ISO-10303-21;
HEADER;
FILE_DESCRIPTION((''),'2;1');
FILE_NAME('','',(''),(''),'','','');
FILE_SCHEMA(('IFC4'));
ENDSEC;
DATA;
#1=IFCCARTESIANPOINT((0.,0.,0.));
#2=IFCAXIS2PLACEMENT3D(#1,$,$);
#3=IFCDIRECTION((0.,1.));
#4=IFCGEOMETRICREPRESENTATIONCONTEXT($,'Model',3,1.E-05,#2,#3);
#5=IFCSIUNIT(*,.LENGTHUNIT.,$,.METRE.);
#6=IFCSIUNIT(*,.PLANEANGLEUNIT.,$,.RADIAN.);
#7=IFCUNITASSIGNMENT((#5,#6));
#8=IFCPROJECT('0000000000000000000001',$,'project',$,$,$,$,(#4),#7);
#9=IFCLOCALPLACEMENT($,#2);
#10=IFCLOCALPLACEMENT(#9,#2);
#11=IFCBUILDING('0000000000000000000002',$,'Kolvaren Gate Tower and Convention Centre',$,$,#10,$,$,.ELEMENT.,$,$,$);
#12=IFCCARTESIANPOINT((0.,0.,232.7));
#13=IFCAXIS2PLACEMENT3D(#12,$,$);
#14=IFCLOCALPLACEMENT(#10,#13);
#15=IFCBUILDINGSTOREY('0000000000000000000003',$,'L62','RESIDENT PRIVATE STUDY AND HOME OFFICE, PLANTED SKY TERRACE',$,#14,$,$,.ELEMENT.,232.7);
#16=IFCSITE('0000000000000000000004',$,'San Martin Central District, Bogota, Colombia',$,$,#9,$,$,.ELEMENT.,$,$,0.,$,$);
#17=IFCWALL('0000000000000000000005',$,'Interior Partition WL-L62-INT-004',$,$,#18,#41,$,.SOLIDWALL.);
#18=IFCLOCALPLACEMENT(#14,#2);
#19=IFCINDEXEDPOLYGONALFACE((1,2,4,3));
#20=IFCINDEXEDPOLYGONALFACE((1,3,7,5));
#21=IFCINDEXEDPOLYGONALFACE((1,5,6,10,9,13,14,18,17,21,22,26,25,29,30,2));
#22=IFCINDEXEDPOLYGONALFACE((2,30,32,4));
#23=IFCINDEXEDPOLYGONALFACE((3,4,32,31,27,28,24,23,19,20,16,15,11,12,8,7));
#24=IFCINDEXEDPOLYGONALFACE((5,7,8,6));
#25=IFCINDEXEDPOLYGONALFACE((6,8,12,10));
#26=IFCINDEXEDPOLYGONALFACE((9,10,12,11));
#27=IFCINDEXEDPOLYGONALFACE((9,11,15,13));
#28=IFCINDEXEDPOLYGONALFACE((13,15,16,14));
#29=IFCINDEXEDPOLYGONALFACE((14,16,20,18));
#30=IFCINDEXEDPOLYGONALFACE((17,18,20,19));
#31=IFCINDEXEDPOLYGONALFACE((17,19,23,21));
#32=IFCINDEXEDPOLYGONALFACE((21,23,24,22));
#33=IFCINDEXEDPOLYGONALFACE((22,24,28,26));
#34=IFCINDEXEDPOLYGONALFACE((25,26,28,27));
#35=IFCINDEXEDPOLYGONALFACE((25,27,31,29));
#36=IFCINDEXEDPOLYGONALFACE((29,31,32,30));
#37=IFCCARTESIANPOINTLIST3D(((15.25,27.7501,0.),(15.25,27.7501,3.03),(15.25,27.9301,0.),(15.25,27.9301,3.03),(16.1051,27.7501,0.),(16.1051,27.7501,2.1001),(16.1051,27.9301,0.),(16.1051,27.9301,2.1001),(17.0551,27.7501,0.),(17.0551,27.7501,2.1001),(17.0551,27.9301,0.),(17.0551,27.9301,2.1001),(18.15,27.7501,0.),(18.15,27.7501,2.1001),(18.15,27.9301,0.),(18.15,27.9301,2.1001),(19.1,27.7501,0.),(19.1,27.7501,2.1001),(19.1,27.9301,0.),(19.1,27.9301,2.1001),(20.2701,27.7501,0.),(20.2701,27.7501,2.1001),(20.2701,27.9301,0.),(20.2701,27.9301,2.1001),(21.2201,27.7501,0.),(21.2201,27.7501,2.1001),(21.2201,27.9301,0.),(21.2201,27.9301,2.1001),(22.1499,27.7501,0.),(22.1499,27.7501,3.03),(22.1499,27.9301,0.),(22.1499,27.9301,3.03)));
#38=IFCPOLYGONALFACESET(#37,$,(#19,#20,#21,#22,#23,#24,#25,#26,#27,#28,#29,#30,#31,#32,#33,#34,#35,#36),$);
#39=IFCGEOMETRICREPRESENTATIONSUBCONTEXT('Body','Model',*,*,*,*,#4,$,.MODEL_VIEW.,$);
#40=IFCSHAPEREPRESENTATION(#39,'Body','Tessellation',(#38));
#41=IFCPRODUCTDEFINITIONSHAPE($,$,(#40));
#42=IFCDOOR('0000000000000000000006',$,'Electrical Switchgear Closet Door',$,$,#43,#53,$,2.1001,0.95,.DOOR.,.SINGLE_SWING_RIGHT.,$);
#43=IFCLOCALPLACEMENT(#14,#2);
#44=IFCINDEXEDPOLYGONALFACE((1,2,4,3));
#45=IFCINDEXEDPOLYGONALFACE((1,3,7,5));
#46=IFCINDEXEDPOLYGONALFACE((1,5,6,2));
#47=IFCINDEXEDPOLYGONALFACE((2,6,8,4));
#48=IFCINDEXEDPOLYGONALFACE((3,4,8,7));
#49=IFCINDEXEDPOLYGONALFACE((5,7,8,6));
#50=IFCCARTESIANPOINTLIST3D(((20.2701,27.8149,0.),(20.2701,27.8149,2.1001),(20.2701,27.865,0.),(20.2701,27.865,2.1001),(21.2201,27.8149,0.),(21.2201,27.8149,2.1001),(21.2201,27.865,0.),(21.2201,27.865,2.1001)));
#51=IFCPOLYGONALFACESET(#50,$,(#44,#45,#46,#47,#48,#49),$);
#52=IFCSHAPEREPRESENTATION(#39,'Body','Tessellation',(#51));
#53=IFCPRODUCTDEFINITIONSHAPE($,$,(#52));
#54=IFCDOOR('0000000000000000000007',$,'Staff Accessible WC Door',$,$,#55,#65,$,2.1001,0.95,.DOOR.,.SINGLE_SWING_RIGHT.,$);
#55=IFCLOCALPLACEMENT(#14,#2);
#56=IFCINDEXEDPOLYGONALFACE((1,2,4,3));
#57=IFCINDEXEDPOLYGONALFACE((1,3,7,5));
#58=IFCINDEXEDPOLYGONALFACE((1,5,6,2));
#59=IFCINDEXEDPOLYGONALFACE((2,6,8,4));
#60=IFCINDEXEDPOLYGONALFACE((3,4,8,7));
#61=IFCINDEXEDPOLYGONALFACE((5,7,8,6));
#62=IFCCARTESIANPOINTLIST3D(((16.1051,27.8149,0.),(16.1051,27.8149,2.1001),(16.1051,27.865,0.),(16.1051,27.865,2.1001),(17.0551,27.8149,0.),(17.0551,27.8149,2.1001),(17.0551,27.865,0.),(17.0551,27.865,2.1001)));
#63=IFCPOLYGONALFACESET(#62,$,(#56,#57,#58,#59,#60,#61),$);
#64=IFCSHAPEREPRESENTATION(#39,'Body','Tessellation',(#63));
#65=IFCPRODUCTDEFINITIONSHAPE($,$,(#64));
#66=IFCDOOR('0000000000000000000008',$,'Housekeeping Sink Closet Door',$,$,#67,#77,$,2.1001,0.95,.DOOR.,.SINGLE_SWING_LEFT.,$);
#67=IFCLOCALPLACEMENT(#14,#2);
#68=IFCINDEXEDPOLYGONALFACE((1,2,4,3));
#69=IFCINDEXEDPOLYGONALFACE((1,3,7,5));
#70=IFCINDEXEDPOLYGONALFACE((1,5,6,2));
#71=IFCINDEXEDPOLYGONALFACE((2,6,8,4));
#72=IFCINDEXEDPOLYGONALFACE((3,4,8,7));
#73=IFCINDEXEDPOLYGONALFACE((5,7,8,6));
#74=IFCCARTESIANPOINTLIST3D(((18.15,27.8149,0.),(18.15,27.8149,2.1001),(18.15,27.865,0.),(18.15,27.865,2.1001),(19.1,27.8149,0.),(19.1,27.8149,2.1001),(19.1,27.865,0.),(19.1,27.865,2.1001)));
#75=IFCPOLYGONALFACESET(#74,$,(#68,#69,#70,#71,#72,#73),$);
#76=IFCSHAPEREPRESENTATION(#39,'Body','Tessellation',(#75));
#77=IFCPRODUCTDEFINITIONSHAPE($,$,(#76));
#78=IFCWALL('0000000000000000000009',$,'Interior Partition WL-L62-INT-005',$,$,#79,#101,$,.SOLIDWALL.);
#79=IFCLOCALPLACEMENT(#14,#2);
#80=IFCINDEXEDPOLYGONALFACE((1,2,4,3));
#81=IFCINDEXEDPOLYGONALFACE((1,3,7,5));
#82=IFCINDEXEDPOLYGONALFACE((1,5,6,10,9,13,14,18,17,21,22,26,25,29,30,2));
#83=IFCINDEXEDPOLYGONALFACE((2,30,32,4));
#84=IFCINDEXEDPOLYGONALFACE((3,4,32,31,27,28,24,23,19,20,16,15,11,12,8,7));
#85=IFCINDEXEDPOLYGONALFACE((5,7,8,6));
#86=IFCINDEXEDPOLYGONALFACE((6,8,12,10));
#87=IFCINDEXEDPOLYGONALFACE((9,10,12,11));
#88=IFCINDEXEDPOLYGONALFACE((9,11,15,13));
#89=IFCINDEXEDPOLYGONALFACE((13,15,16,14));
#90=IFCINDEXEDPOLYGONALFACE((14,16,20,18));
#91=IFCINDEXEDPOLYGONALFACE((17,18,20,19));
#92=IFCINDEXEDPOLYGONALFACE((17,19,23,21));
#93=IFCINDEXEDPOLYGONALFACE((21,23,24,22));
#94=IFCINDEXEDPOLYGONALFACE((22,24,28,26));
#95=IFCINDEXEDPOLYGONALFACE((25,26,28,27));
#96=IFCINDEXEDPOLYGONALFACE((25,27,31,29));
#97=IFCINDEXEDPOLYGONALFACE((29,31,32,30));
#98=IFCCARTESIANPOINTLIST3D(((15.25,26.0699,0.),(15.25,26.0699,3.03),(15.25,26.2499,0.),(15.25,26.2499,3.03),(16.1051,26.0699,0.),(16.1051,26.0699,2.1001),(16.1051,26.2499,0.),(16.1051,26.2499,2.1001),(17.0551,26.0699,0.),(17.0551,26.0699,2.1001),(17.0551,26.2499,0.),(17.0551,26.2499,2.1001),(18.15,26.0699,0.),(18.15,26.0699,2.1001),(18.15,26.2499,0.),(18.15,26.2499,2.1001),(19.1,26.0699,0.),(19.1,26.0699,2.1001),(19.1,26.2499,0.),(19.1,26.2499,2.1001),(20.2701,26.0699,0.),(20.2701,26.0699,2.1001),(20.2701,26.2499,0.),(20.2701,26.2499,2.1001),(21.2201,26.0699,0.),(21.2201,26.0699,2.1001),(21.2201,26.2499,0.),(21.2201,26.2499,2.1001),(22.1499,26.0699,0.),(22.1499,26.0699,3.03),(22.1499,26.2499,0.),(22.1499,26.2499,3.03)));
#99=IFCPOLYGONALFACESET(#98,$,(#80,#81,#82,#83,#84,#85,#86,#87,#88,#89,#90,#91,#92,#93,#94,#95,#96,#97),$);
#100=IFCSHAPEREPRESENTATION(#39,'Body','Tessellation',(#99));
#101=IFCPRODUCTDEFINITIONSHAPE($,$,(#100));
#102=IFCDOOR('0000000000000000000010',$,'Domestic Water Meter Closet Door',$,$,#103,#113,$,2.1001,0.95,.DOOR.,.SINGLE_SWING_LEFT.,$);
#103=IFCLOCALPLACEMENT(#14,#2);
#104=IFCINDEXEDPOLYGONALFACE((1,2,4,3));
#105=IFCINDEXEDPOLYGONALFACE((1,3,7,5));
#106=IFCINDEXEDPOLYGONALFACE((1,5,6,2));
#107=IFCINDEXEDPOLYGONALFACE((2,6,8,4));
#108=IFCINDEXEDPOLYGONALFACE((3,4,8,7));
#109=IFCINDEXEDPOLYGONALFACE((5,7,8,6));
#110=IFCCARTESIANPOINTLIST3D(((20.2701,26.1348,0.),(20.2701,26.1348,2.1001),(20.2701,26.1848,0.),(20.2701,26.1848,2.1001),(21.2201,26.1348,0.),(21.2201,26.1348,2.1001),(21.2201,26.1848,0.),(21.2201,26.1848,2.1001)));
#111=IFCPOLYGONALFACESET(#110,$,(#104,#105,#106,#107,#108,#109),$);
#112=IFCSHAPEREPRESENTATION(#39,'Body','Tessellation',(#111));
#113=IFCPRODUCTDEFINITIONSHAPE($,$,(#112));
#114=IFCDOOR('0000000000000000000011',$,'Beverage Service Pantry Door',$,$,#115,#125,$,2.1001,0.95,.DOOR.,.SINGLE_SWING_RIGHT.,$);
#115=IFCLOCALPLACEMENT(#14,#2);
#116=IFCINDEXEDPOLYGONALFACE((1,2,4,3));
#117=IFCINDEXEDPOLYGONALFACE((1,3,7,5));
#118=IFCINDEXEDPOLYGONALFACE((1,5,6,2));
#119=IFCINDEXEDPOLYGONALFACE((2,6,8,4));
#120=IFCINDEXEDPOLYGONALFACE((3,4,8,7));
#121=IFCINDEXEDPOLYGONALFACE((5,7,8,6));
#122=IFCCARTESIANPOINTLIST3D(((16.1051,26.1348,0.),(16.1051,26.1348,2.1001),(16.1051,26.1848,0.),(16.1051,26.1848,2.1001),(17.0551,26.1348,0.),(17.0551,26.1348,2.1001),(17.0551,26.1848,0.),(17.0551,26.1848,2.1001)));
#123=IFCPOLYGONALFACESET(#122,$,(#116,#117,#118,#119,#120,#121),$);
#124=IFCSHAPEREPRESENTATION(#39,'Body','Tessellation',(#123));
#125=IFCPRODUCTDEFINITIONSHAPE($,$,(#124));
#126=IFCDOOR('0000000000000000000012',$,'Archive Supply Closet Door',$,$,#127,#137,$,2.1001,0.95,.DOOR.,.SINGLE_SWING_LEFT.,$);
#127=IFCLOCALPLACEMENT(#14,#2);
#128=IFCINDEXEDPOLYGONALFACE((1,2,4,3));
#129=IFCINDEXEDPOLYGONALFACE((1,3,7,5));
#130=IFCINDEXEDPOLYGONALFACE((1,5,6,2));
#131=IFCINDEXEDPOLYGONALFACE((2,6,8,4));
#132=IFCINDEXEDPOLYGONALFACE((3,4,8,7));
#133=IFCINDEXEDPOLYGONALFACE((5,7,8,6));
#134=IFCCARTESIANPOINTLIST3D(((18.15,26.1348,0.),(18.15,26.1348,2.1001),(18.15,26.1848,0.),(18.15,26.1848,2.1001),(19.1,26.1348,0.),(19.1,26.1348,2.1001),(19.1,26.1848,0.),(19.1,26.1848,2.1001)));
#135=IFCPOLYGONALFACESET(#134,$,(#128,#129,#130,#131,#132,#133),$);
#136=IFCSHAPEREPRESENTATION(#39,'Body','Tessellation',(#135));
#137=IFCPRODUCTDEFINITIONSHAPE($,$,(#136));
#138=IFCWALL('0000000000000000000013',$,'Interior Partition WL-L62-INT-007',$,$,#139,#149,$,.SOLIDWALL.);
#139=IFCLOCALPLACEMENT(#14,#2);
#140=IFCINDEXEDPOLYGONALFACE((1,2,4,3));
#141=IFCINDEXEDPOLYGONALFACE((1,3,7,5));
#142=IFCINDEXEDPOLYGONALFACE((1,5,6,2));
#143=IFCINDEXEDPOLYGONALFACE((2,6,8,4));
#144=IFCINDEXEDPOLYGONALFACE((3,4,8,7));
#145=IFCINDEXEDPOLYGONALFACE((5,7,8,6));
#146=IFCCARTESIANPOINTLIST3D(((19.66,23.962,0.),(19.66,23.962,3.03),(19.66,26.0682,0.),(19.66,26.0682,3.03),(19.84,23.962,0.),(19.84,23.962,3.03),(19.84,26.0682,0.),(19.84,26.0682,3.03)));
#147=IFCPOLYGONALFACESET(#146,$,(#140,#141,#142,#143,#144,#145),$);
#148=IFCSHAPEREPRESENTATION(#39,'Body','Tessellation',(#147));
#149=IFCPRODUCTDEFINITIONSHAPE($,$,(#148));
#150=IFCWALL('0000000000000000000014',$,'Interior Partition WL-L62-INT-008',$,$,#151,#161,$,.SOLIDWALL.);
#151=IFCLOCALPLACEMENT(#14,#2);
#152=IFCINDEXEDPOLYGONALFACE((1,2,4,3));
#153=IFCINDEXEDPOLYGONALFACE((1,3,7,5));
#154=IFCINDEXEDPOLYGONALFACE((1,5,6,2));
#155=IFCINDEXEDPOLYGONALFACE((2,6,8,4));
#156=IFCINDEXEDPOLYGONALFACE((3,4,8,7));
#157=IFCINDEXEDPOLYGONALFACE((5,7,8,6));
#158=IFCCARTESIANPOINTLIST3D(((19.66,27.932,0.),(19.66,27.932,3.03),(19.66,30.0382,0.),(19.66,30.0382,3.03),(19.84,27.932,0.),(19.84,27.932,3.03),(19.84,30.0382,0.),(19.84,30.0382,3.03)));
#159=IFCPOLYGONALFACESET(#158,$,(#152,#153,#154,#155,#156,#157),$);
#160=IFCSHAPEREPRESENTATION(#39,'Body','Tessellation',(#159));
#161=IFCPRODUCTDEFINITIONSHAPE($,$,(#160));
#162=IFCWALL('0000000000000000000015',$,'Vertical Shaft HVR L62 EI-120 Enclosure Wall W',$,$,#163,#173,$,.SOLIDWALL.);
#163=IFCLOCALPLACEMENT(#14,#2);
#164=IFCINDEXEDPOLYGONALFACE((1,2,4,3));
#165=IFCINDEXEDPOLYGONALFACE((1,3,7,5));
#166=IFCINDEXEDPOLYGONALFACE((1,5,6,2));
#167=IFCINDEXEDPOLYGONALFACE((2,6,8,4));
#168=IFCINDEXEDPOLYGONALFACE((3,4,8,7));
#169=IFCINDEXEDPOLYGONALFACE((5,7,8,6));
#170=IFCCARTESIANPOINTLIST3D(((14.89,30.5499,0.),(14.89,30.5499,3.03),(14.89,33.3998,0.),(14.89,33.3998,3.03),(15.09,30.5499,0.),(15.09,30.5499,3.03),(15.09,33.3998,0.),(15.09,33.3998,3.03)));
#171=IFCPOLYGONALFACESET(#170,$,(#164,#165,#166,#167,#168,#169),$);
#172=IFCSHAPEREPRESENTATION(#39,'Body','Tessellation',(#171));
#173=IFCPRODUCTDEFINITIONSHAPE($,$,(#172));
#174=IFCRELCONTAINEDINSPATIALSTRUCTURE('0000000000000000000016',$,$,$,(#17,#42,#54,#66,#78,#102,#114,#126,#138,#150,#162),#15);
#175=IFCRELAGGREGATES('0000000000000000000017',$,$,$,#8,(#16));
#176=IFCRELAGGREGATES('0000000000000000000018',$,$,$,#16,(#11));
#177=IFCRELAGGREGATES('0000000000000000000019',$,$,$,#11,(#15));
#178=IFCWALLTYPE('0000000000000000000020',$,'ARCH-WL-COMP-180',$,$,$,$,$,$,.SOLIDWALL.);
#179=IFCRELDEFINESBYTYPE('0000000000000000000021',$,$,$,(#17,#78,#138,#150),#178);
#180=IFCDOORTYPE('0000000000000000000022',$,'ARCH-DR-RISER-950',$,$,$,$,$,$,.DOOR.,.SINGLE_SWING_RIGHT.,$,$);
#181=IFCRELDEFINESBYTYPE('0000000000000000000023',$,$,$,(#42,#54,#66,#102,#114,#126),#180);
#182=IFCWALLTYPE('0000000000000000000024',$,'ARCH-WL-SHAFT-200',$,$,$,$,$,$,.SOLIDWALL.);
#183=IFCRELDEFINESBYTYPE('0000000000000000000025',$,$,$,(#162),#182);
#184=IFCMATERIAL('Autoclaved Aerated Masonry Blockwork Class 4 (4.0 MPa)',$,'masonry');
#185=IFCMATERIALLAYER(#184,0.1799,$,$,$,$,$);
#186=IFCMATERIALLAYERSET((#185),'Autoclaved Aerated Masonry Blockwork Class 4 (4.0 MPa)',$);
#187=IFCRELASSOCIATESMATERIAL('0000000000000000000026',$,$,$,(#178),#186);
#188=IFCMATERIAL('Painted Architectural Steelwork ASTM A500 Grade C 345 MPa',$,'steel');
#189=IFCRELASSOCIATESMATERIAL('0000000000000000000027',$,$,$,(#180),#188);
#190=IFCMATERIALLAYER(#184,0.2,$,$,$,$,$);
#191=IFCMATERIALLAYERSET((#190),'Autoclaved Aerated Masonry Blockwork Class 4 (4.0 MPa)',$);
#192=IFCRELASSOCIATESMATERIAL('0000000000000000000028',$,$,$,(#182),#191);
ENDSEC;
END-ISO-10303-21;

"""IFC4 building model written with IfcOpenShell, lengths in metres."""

from ifc_helpers import new_model, si_unit, direction, frame, frame_2d, origin, place, context, subcontext, project, spatial, rectangle, extrude, material, layer, layer_set, type_object, element, fill, save


model = new_model("IFC4")

# Units and contexts
model_context = context("Model", 3, precision=1e-05, world=origin(), true_north=direction((0.0, 1.0)))
body_context = subcontext(model_context, "Body", "Model", "MODEL_VIEW")
ifc_project = project(units=[si_unit("LENGTHUNIT", "METRE"), si_unit("PLANEANGLEUNIT", "RADIAN")], contexts=[model_context])

# Site, building, storey
site_placement = place(None, origin())
site = spatial("IfcSite", under=ifc_project, at=site_placement, Name="San Martin Central District, Bogota, Colombia", CompositionType="ELEMENT", RefElevation=0.0)
building_placement = place(site_placement, origin())
building = spatial("IfcBuilding", under=site, at=building_placement, Name="Kolvaren Gate Tower and Convention Centre", CompositionType="ELEMENT")
storey_placement = place(building_placement, frame((0.0, 0.0, 232.7)))
storey = spatial("IfcBuildingStorey", under=building, at=storey_placement, Name="L62", Description="RESIDENT PRIVATE STUDY AND HOME OFFICE, PLANTED SKY TERRACE", CompositionType="ELEMENT", Elevation=232.7)

# Walls, openings, doors
ifc_material_1 = material(Name="Autoclaved Aerated Masonry Blockwork Class 4 (4.0 MPa)", Category="masonry")
ifc_layer_1 = layer(ifc_material_1, 0.1799)
ifc_layer_set_1 = layer_set([ifc_layer_1], Name="Autoclaved Aerated Masonry Blockwork Class 4 (4.0 MPa)")
wall_type_1 = type_object("IfcWallType", Name="ARCH-WL-COMP-180", PredefinedType="SOLIDWALL", material=ifc_layer_set_1)
wall_1_placement = place(storey_placement, frame((15.25, 27.8401, 0.0), z_axis=(0.0, 0.0, 1.0), x_axis=(1.0, 0.0, 0.0)))
wall_1 = element("IfcWall", 1, at=wall_1_placement, inside=storey, type_object=wall_type_1, Name="Interior Partition WL-L62-INT-004", PredefinedType="SOLIDWALL", context=body_context, shape_type="SweptSolid", body=[
    extrude(rectangle(XDim=6.8999, YDim=0.1799, at=frame_2d((3.45, 0.0))), origin(), (0.0, 0.0, 1.0), 3.03),
])
opening_1_placement = place(wall_1_placement, frame((5.02, 0.0, 0.0)))
opening_1 = element("IfcOpeningElement", 2, at=opening_1_placement, cuts=wall_1, PredefinedType="OPENING", context=body_context, shape_type="SweptSolid", body=[
    extrude(rectangle(XDim=0.95, YDim=2.1001, at=frame_2d((0.4751, 1.05))), frame((0.0, 0.0999, 0.0), z_axis=(0.0, -1.0, 0.0), x_axis=(1.0, 0.0, 0.0)), (0.0, 0.0, 1.0), 0.2),
])
opening_2_placement = place(wall_1_placement, frame((0.855, 0.0, 0.0)))
opening_2 = element("IfcOpeningElement", 3, at=opening_2_placement, cuts=wall_1, PredefinedType="OPENING", context=body_context, shape_type="SweptSolid", body=[
    extrude(rectangle(XDim=0.95, YDim=2.1001, at=frame_2d((0.4751, 1.05))), frame((0.0, 0.0999, 0.0), z_axis=(0.0, -1.0, 0.0), x_axis=(1.0, 0.0, 0.0)), (0.0, 0.0, 1.0), 0.2),
])
opening_3_placement = place(wall_1_placement, frame((2.8999, 0.0, 0.0)))
opening_3 = element("IfcOpeningElement", 4, at=opening_3_placement, cuts=wall_1, PredefinedType="OPENING", context=body_context, shape_type="SweptSolid", body=[
    extrude(rectangle(XDim=0.95, YDim=2.1001, at=frame_2d((0.4751, 1.05))), frame((0.0, 0.0999, 0.0), z_axis=(0.0, -1.0, 0.0), x_axis=(1.0, 0.0, 0.0)), (0.0, 0.0, 1.0), 0.2),
])
ifc_material_2 = material(Name="Painted Architectural Steelwork ASTM A500 Grade C 345 MPa", Category="steel")
door_type = type_object("IfcDoorType", Name="ARCH-DR-RISER-950", OperationType="SINGLE_SWING_RIGHT", PredefinedType="DOOR", material=ifc_material_2)
door_1_placement = place(opening_1_placement, origin())
door_1 = element("IfcDoor", 5, at=door_1_placement, inside=storey, type_object=door_type, Name="Electrical Switchgear Closet Door", OperationType="SINGLE_SWING_RIGHT", OverallHeight=2.1001, OverallWidth=0.95, PredefinedType="DOOR", context=body_context, shape_type="SweptSolid", body=[
    extrude(rectangle(XDim=0.95, YDim=2.1001, at=frame_2d((0.4751, 1.05))), frame((0.0, 0.0249, 0.0), z_axis=(0.0, -1.0, 0.0), x_axis=(1.0, 0.0, 0.0)), (0.0, 0.0, 1.0), 0.05),
])
fill(opening_1, door_1)
door_2_placement = place(opening_2_placement, origin())
door_2 = element("IfcDoor", 6, at=door_2_placement, inside=storey, type_object=door_type, Name="Staff Accessible WC Door", OperationType="SINGLE_SWING_RIGHT", OverallHeight=2.1001, OverallWidth=0.95, PredefinedType="DOOR", context=body_context, shape_type="SweptSolid", body=[
    extrude(rectangle(XDim=0.95, YDim=2.1001, at=frame_2d((0.4751, 1.05))), frame((0.0, 0.0249, 0.0), z_axis=(0.0, -1.0, 0.0), x_axis=(1.0, 0.0, 0.0)), (0.0, 0.0, 1.0), 0.05),
])
fill(opening_2, door_2)
door_3_placement = place(opening_3_placement, origin())
door_3 = element("IfcDoor", 7, at=door_3_placement, inside=storey, type_object=door_type, Name="Housekeeping Sink Closet Door", OperationType="SINGLE_SWING_LEFT", OverallHeight=2.1001, OverallWidth=0.95, PredefinedType="DOOR", context=body_context, shape_type="SweptSolid", body=[
    extrude(rectangle(XDim=0.95, YDim=2.1001, at=frame_2d((0.4751, 1.05))), frame((0.0, 0.0249, 0.0), z_axis=(0.0, -1.0, 0.0), x_axis=(1.0, 0.0, 0.0)), (0.0, 0.0, 1.0), 0.05),
])
fill(opening_3, door_3)
wall_2_placement = place(storey_placement, frame((15.25, 26.1599, 0.0), z_axis=(0.0, 0.0, 1.0), x_axis=(1.0, 0.0, 0.0)))
wall_2 = element("IfcWall", 8, at=wall_2_placement, inside=storey, type_object=wall_type_1, Name="Interior Partition WL-L62-INT-005", PredefinedType="SOLIDWALL", context=body_context, shape_type="SweptSolid", body=[
    extrude(rectangle(XDim=6.8999, YDim=0.1799, at=frame_2d((3.45, 0.0))), origin(), (0.0, 0.0, 1.0), 3.03),
])
opening_4_placement = place(wall_2_placement, frame((5.02, 0.0, 0.0)))
opening_4 = element("IfcOpeningElement", 9, at=opening_4_placement, cuts=wall_2, PredefinedType="OPENING", context=body_context, shape_type="SweptSolid", body=[
    extrude(rectangle(XDim=0.95, YDim=2.1001, at=frame_2d((0.4751, 1.05))), frame((0.0, 0.0999, 0.0), z_axis=(0.0, -1.0, 0.0), x_axis=(1.0, 0.0, 0.0)), (0.0, 0.0, 1.0), 0.2),
])
opening_5_placement = place(wall_2_placement, frame((0.855, 0.0, 0.0)))
opening_5 = element("IfcOpeningElement", 10, at=opening_5_placement, cuts=wall_2, PredefinedType="OPENING", context=body_context, shape_type="SweptSolid", body=[
    extrude(rectangle(XDim=0.95, YDim=2.1001, at=frame_2d((0.4751, 1.05))), frame((0.0, 0.0999, 0.0), z_axis=(0.0, -1.0, 0.0), x_axis=(1.0, 0.0, 0.0)), (0.0, 0.0, 1.0), 0.2),
])
opening_6_placement = place(wall_2_placement, frame((2.8999, 0.0, 0.0)))
opening_6 = element("IfcOpeningElement", 11, at=opening_6_placement, cuts=wall_2, PredefinedType="OPENING", context=body_context, shape_type="SweptSolid", body=[
    extrude(rectangle(XDim=0.95, YDim=2.1001, at=frame_2d((0.4751, 1.05))), frame((0.0, 0.0999, 0.0), z_axis=(0.0, -1.0, 0.0), x_axis=(1.0, 0.0, 0.0)), (0.0, 0.0, 1.0), 0.2),
])
door_4_placement = place(opening_4_placement, origin())
door_4 = element("IfcDoor", 12, at=door_4_placement, inside=storey, type_object=door_type, Name="Domestic Water Meter Closet Door", OperationType="SINGLE_SWING_LEFT", OverallHeight=2.1001, OverallWidth=0.95, PredefinedType="DOOR", context=body_context, shape_type="SweptSolid", body=[
    extrude(rectangle(XDim=0.95, YDim=2.1001, at=frame_2d((0.4751, 1.05))), frame((0.0, 0.0249, 0.0), z_axis=(0.0, -1.0, 0.0), x_axis=(1.0, 0.0, 0.0)), (0.0, 0.0, 1.0), 0.05),
])
fill(opening_4, door_4)
door_5_placement = place(opening_5_placement, origin())
door_5 = element("IfcDoor", 13, at=door_5_placement, inside=storey, type_object=door_type, Name="Beverage Service Pantry Door", OperationType="SINGLE_SWING_RIGHT", OverallHeight=2.1001, OverallWidth=0.95, PredefinedType="DOOR", context=body_context, shape_type="SweptSolid", body=[
    extrude(rectangle(XDim=0.95, YDim=2.1001, at=frame_2d((0.4751, 1.05))), frame((0.0, 0.0249, 0.0), z_axis=(0.0, -1.0, 0.0), x_axis=(1.0, 0.0, 0.0)), (0.0, 0.0, 1.0), 0.05),
])
fill(opening_5, door_5)
door_6_placement = place(opening_6_placement, origin())
door_6 = element("IfcDoor", 14, at=door_6_placement, inside=storey, type_object=door_type, Name="Archive Supply Closet Door", OperationType="SINGLE_SWING_LEFT", OverallHeight=2.1001, OverallWidth=0.95, PredefinedType="DOOR", context=body_context, shape_type="SweptSolid", body=[
    extrude(rectangle(XDim=0.95, YDim=2.1001, at=frame_2d((0.4751, 1.05))), frame((0.0, 0.0249, 0.0), z_axis=(0.0, -1.0, 0.0), x_axis=(1.0, 0.0, 0.0)), (0.0, 0.0, 1.0), 0.05),
])
fill(opening_6, door_6)

# Walls
for number, where, z_axis, x_axis, name in (
    (15, (19.75, 23.9619, 0.0), (0.0, 0.0, 1.0), (0.0, 1.0, 0.0), "Interior Partition WL-L62-INT-007"),
    (16, (19.75, 27.9319, 0.0), (0.0, 0.0, 1.0), (0.0, 1.0, 0.0), "Interior Partition WL-L62-INT-008"),
):
    element("IfcWall", number, at=place(storey_placement, frame(where, z_axis=z_axis, x_axis=x_axis)), inside=storey, type_object=wall_type_1, Name=name, PredefinedType="SOLIDWALL", context=body_context, shape_type="SweptSolid", body=[
        extrude(rectangle(XDim=2.1062, YDim=0.1799, at=frame_2d((1.0532, 0.0))), origin(), (0.0, 0.0, 1.0), 3.03),
    ])
ifc_layer_2 = layer(ifc_material_1, 0.2)
ifc_layer_set_2 = layer_set([ifc_layer_2], Name="Autoclaved Aerated Masonry Blockwork Class 4 (4.0 MPa)")
wall_type_2 = type_object("IfcWallType", Name="ARCH-WL-SHAFT-200", PredefinedType="SOLIDWALL", material=ifc_layer_set_2)
wall_3_placement = place(storey_placement, frame((14.99, 30.55, 0.0), z_axis=(0.0, 0.0, 1.0), x_axis=(0.0, 1.0, 0.0)))
element("IfcWall", 17, at=wall_3_placement, inside=storey, type_object=wall_type_2, Name="Vertical Shaft HVR L62 EI-120 Enclosure Wall W", PredefinedType="SOLIDWALL", context=body_context, shape_type="SweptSolid", body=[
    extrude(rectangle(XDim=2.8499, YDim=0.2, at=frame_2d((1.4248, 0.0))), origin(), (0.0, 0.0, 1.0), 3.03),
])

save(model, "model.ifc")
